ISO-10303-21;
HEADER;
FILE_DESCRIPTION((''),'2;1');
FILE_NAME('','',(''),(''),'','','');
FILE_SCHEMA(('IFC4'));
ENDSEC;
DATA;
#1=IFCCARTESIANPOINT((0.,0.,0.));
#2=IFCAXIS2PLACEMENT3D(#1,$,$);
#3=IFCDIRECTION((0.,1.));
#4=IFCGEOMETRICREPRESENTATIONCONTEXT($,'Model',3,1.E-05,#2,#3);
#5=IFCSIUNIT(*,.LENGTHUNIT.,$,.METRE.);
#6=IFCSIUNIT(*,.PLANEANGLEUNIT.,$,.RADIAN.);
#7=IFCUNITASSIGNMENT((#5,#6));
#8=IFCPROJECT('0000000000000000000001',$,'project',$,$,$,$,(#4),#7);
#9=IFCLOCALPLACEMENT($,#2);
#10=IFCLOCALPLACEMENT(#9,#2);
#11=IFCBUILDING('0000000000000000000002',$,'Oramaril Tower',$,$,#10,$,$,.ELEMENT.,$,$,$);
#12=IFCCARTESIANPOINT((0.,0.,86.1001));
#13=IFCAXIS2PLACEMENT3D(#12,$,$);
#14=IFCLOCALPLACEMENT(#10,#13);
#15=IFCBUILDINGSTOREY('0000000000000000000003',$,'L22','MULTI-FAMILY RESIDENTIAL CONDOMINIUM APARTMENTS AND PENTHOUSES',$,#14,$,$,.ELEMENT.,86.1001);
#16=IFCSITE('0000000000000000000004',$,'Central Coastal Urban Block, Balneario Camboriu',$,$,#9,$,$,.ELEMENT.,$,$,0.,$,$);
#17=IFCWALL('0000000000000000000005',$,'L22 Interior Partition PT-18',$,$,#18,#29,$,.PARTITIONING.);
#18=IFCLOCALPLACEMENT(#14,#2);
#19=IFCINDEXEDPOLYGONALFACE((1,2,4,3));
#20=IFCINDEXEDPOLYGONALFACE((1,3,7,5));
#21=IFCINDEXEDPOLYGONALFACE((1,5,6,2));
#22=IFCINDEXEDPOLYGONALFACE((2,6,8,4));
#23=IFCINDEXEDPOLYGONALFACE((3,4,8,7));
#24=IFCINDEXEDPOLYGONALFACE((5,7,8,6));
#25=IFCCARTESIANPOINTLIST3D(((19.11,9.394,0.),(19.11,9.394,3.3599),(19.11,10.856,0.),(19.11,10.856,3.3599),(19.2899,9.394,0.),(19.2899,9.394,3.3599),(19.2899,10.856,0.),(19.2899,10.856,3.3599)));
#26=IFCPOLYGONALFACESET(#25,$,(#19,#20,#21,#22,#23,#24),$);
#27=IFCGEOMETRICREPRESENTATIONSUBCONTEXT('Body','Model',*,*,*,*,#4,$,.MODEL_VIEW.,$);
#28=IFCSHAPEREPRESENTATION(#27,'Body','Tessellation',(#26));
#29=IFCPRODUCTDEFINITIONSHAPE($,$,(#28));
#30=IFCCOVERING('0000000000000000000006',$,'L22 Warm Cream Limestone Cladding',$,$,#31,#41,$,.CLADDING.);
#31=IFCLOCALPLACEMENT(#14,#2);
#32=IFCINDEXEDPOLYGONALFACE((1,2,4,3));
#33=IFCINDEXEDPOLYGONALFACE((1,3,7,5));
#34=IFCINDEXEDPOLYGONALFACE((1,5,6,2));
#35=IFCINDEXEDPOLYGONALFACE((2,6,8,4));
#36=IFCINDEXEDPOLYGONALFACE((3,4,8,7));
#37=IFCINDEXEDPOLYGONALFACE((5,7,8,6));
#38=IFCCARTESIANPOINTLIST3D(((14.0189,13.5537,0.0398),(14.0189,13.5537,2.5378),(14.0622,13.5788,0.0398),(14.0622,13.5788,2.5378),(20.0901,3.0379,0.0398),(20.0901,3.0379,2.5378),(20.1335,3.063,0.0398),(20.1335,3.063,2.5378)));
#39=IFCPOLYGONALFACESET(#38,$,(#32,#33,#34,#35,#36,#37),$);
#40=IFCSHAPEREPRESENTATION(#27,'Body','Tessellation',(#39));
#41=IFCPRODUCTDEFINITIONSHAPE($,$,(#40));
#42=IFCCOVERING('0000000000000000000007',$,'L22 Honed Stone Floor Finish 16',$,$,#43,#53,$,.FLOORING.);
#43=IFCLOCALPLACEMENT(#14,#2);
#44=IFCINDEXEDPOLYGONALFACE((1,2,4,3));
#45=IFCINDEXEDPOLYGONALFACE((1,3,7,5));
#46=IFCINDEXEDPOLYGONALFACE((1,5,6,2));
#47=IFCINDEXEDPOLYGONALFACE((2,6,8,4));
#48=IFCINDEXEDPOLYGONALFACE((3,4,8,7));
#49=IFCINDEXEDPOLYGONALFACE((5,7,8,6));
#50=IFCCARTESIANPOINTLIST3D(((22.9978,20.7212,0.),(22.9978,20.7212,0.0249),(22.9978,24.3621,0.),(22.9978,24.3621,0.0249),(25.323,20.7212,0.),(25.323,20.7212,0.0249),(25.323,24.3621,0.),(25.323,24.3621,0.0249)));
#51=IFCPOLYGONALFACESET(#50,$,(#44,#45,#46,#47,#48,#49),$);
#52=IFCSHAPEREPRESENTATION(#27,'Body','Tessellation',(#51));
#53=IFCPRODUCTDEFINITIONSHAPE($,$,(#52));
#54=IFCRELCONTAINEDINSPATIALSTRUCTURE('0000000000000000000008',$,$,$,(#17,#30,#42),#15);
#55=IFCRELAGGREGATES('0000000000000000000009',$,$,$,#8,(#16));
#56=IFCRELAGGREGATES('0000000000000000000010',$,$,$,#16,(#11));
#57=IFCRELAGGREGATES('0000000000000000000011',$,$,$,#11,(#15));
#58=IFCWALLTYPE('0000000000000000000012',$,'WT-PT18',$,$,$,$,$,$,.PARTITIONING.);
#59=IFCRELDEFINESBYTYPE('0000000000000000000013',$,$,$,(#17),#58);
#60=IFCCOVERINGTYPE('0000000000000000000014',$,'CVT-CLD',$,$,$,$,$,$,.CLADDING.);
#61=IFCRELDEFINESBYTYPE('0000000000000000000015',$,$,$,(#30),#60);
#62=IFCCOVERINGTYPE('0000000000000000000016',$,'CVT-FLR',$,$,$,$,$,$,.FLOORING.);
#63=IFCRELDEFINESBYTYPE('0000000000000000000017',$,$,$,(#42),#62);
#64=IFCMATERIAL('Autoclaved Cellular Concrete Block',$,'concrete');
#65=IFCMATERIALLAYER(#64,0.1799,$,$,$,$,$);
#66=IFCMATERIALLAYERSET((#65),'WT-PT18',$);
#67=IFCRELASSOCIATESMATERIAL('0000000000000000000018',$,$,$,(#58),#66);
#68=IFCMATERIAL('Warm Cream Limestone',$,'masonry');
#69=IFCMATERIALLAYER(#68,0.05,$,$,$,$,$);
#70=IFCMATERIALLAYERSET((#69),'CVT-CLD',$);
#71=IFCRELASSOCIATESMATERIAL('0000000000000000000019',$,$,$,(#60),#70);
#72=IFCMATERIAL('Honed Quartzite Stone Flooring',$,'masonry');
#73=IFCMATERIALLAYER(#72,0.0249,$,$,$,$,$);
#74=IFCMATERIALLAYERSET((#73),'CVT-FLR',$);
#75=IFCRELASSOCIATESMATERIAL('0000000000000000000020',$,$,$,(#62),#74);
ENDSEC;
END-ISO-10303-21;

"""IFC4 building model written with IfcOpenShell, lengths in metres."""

from ifc_helpers import new_model, si_unit, direction, frame, frame_2d, origin, origin_2d, place, context, subcontext, project, spatial, polyline, rectangle, outline, extrude, material, layer, layer_set, type_object, element, save


model = new_model("IFC4")

# Units and contexts
model_context = context("Model", 3, precision=1e-05, world=origin(), true_north=direction((0.0, 1.0)))
body_context = subcontext(model_context, "Body", "Model", "MODEL_VIEW")
ifc_project = project(units=[si_unit("LENGTHUNIT", "METRE"), si_unit("PLANEANGLEUNIT", "RADIAN")], contexts=[model_context])

# Site, building, storey
site_placement = place(None, origin())
site = spatial("IfcSite", under=ifc_project, at=site_placement, Name="Central Coastal Urban Block, Balneario Camboriu", CompositionType="ELEMENT", RefElevation=0.0)
building_placement = place(site_placement, origin())
building = spatial("IfcBuilding", under=site, at=building_placement, Name="Oramaril Tower", CompositionType="ELEMENT")
storey_placement = place(building_placement, frame((0.0, 0.0, 86.1001)))
storey = spatial("IfcBuildingStorey", under=building, at=storey_placement, Name="L22", Description="MULTI-FAMILY RESIDENTIAL CONDOMINIUM APARTMENTS AND PENTHOUSES", CompositionType="ELEMENT", Elevation=86.1001)

# Shared definitions
ifc_material_1 = material(Name="Autoclaved Cellular Concrete Block", Category="concrete")
ifc_layer_1 = layer(ifc_material_1, 0.1799)
ifc_layer_set_1 = layer_set([ifc_layer_1], Name="WT-PT18")
wall_type = type_object("IfcWallType", Name="WT-PT18", PredefinedType="PARTITIONING", material=ifc_layer_set_1)

# Wall
wall_1_placement = place(storey_placement, frame((19.2, 9.394, 0.0), z_axis=(0.0, 0.0, 1.0), x_axis=(0.0, 1.0, 0.0)))
element("IfcWall", 1, at=wall_1_placement, inside=storey, type_object=wall_type, Name="L22 Interior Partition PT-18", PredefinedType="PARTITIONING", context=body_context, shape_type="SweptSolid", body=[
    extrude(rectangle(XDim=1.4619, YDim=0.1799, at=frame_2d((0.731, 0.0))), origin(), (0.0, 0.0, 1.0), 3.3599),
])

# Coverings
ifc_material_2 = material(Name="Warm Cream Limestone", Category="masonry")
ifc_layer_2 = layer(ifc_material_2, 0.05)
ifc_layer_set_2 = layer_set([ifc_layer_2], Name="CVT-CLD")
covering_type_1 = type_object("IfcCoveringType", Name="CVT-CLD", PredefinedType="CLADDING", material=ifc_layer_set_2)
covering_1_placement = place(storey_placement, frame((17.0762, 8.3083, 0.0398), z_axis=(0.0, 0.0, 1.0), x_axis=(0.499997, -0.866027, 0.0)))
element("IfcCovering", 2, at=covering_1_placement, inside=storey, type_object=covering_type_1, Name="L22 Warm Cream Limestone Cladding", PredefinedType="CLADDING", context=body_context, shape_type="SweptSolid", body=[
    extrude(rectangle(XDim=12.1426, YDim=0.05, at=origin_2d()), origin(), (0.0, 0.0, 1.0), 2.498),
])
ifc_material_3 = material(Name="Honed Quartzite Stone Flooring", Category="masonry")
ifc_layer_3 = layer(ifc_material_3, 0.0249)
ifc_layer_set_3 = layer_set([ifc_layer_3], Name="CVT-FLR")
covering_type_2 = type_object("IfcCoveringType", Name="CVT-FLR", PredefinedType="FLOORING", material=ifc_layer_set_3)
covering_2_placement = place(storey_placement, origin())
element("IfcCovering", 3, at=covering_2_placement, inside=storey, type_object=covering_type_2, Name="L22 Honed Stone Floor Finish 16", PredefinedType="FLOORING", context=body_context, shape_type="SweptSolid", body=[
    extrude(outline(polyline([(25.323, 24.3621), (25.323, 20.7212), (22.9978, 20.7212), (22.9978, 24.3621), (25.323, 24.3621)])), origin(), (0.0, 0.0, 1.0), 0.0249),
])

save(model, "model.ifc")
